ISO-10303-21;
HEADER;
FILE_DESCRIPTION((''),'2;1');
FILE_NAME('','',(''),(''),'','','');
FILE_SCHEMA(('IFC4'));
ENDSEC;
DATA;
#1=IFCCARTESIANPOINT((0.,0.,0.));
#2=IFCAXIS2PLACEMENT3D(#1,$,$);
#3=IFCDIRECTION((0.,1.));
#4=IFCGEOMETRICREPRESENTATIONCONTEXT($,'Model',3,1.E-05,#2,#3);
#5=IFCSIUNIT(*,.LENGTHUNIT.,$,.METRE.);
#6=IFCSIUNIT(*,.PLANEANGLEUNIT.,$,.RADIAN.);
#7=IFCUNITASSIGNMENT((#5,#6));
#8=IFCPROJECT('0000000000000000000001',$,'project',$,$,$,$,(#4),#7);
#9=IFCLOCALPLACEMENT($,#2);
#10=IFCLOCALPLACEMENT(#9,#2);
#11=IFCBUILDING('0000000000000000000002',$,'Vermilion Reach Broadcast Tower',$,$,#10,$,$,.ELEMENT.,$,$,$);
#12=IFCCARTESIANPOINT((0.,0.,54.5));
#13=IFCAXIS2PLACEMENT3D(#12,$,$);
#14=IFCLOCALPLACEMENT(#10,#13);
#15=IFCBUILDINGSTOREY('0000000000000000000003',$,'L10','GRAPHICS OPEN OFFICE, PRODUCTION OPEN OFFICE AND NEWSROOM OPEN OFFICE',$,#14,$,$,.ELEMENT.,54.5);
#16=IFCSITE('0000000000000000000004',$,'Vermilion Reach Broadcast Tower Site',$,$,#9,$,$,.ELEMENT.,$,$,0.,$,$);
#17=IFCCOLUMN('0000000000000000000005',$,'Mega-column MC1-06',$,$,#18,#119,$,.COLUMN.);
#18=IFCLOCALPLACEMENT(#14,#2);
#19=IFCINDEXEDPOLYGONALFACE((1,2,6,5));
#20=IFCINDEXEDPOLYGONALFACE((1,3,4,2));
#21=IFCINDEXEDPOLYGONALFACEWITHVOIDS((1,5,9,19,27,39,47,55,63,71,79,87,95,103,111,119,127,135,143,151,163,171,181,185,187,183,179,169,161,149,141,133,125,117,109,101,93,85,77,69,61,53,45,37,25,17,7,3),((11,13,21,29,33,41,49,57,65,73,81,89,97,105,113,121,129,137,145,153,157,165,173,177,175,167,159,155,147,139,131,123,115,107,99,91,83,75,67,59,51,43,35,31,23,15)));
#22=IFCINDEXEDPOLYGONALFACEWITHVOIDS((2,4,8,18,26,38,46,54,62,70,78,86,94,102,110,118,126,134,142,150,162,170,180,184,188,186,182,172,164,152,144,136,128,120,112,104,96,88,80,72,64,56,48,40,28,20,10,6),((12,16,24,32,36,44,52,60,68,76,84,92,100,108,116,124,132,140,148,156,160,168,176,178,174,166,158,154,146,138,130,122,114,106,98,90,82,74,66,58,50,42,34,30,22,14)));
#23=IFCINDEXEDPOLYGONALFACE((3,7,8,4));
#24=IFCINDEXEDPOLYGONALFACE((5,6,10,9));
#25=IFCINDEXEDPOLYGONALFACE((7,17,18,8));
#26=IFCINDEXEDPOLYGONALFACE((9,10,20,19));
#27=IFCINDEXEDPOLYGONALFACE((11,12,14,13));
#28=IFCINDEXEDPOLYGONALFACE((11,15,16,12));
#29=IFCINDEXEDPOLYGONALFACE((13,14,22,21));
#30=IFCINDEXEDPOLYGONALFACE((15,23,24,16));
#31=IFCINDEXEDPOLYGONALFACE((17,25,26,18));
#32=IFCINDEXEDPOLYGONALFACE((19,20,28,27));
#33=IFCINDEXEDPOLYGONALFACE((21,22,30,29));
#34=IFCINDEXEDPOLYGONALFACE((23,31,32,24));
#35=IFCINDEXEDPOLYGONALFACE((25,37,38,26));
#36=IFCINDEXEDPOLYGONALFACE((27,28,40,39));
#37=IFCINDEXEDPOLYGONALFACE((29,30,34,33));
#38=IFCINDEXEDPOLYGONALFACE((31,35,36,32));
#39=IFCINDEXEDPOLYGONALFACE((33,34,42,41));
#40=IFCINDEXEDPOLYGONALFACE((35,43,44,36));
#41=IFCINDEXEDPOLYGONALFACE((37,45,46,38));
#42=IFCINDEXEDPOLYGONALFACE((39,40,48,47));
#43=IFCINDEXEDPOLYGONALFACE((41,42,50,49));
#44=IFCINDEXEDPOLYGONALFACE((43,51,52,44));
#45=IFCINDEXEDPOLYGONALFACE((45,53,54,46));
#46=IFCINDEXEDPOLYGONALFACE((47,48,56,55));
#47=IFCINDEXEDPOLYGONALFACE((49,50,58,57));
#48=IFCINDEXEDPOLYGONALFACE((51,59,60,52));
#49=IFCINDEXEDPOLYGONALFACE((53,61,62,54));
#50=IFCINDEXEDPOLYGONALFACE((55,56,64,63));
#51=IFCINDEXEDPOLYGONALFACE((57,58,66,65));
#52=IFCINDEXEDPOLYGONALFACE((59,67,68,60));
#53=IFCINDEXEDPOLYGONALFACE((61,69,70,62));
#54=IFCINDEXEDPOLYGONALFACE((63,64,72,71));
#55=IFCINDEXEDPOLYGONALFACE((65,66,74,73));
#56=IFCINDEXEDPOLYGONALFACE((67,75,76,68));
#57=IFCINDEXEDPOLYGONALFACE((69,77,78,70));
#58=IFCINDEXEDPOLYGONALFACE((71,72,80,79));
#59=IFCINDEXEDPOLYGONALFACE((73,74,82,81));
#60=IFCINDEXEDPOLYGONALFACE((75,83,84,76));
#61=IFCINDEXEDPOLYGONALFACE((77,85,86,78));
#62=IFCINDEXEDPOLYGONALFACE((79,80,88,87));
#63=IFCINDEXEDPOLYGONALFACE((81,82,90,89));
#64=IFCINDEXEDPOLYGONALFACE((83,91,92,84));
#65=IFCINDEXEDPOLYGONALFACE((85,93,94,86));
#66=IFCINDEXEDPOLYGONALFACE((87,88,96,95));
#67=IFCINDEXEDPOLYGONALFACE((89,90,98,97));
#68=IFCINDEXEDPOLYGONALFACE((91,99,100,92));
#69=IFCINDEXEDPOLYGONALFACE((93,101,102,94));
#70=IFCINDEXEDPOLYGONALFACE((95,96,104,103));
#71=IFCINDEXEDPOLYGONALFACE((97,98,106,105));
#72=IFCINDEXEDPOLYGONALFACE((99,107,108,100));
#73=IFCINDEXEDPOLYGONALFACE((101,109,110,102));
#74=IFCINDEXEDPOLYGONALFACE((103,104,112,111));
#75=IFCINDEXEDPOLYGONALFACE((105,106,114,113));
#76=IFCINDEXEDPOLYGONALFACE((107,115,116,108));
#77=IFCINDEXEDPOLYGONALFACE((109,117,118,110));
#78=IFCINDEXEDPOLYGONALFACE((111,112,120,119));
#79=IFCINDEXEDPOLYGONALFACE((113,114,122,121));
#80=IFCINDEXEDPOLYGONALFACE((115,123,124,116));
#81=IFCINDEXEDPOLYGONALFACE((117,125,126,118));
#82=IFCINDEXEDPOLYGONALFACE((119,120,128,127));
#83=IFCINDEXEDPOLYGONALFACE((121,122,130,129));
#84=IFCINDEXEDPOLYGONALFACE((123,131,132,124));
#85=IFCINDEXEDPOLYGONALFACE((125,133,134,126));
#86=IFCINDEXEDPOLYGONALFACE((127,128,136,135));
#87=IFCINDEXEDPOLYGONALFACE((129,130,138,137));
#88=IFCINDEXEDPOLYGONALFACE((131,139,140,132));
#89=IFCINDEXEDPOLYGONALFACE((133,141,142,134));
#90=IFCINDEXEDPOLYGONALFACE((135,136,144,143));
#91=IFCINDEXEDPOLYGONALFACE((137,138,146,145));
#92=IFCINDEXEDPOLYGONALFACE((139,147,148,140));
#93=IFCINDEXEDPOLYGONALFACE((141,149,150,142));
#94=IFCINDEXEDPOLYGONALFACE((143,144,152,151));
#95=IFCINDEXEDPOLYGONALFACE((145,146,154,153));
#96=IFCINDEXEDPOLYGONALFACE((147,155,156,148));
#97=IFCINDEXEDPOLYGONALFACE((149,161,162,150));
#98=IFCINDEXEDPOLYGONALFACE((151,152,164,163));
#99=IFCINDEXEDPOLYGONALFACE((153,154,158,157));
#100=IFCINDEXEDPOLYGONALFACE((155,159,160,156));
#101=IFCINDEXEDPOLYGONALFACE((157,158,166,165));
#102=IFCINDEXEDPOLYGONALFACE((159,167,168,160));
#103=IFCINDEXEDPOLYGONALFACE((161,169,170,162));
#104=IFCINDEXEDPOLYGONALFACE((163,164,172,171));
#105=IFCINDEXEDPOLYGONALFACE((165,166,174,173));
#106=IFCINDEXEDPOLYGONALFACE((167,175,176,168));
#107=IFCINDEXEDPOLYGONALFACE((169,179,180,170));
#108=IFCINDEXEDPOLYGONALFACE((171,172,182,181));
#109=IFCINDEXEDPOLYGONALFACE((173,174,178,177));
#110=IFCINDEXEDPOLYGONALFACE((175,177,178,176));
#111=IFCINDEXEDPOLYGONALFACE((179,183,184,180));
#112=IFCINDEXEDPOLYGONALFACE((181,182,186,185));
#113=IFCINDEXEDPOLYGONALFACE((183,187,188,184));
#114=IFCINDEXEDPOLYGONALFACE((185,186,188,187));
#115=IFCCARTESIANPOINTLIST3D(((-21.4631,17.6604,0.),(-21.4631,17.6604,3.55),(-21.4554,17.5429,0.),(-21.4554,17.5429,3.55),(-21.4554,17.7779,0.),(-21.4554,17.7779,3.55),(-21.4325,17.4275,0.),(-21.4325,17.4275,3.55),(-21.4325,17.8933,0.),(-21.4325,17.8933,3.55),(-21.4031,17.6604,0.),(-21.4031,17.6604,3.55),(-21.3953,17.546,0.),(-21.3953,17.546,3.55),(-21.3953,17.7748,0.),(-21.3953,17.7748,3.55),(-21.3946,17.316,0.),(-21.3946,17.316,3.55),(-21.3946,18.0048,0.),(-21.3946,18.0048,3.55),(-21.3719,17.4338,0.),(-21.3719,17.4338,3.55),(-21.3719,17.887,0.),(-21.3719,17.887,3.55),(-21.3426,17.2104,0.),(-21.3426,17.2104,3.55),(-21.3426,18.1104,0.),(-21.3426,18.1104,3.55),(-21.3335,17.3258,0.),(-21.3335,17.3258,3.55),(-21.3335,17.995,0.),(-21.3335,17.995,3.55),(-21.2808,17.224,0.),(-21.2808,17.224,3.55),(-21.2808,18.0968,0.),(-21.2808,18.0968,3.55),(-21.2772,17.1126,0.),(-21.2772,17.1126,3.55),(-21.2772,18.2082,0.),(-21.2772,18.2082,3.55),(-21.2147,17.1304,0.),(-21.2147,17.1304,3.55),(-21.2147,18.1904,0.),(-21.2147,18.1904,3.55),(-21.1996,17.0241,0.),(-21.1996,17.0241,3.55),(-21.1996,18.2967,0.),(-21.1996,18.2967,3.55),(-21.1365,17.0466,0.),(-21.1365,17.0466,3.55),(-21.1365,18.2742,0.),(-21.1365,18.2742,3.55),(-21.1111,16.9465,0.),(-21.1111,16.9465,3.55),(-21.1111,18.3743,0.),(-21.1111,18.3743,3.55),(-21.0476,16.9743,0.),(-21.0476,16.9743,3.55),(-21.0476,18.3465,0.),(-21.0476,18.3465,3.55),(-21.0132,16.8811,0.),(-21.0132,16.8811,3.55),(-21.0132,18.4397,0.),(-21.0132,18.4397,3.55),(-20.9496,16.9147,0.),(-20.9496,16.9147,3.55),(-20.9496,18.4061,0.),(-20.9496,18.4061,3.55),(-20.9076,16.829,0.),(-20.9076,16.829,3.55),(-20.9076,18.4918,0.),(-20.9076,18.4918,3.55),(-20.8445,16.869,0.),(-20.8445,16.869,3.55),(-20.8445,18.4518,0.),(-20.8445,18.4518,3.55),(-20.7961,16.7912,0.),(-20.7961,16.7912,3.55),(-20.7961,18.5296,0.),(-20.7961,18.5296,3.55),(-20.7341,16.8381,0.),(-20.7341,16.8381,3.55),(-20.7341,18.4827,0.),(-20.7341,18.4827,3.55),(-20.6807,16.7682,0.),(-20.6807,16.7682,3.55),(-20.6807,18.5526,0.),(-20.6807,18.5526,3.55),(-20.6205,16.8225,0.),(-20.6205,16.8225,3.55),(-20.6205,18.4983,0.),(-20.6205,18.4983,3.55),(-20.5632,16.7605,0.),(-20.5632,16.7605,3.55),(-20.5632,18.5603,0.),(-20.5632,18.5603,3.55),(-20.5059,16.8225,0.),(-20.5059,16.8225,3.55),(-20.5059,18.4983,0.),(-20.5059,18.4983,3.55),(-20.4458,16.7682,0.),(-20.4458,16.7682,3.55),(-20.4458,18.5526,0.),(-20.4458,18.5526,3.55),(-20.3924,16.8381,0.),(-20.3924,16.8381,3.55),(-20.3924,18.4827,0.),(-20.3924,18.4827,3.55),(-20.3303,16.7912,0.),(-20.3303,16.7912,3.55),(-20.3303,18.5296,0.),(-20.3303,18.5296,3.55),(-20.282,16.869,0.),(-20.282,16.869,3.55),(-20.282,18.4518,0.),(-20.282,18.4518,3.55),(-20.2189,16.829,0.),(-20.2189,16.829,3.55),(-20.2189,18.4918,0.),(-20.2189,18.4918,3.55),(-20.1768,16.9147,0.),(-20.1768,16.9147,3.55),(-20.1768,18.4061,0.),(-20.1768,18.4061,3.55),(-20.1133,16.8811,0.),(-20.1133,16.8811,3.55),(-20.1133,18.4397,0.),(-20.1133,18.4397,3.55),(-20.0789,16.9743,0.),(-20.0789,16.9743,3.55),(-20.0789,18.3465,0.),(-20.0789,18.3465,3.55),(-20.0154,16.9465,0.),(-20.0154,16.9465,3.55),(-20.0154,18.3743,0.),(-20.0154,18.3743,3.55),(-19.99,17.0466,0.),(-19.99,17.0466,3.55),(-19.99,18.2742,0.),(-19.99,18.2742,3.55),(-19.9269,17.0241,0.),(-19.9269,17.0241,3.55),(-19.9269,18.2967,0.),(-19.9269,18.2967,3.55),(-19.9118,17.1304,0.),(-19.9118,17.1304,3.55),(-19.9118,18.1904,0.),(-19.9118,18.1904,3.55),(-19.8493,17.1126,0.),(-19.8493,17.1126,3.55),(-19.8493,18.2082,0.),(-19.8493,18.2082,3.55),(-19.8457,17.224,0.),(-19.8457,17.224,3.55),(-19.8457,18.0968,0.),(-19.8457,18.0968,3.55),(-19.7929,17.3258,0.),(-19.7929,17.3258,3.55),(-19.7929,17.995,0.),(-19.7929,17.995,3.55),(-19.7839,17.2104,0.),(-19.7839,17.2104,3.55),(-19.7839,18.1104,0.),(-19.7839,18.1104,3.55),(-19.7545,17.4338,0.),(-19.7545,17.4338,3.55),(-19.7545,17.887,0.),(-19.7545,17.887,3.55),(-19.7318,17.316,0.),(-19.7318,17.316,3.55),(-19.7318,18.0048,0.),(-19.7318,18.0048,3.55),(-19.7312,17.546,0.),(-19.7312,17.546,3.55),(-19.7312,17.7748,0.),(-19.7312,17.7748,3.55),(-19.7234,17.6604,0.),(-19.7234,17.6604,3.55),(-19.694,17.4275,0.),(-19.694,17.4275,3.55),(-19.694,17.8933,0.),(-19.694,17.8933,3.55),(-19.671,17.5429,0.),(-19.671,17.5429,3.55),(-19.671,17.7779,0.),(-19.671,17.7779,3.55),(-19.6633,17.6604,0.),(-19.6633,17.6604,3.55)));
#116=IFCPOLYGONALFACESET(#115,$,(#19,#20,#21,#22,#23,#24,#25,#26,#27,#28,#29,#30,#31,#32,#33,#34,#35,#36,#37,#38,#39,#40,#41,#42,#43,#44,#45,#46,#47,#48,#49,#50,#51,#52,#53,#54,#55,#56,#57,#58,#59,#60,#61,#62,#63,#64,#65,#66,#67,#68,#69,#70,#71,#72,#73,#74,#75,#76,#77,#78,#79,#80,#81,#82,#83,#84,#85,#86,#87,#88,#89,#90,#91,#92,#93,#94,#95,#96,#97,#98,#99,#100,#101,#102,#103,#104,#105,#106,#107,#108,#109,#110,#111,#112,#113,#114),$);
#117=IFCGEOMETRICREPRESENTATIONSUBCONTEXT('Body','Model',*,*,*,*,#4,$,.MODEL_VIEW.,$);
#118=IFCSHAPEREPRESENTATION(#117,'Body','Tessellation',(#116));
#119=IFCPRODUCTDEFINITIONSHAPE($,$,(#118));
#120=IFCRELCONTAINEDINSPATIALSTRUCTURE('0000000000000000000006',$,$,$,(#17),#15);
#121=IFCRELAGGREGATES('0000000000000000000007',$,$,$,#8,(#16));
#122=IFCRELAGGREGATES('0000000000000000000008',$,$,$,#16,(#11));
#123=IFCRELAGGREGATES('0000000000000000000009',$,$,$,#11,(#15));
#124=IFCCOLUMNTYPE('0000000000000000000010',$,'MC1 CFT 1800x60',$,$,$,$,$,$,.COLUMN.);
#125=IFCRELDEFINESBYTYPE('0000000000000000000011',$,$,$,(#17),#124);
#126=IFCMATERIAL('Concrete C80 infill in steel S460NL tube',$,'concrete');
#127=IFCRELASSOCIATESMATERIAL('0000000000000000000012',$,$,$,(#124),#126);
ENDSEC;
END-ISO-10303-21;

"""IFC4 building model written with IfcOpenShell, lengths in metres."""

from ifc_helpers import new_model, si_unit, direction, frame, origin, origin_2d, place, context, subcontext, project, spatial, hollow_circle, extrude, material, material_profile, profile_set, type_object, element, save


model = new_model("IFC4")

# Units and contexts
model_context = context("Model", 3, precision=1e-05, world=origin(), true_north=direction((0.0, 1.0)))
body_context = subcontext(model_context, "Body", "Model", "MODEL_VIEW")
ifc_project = project(units=[si_unit("LENGTHUNIT", "METRE"), si_unit("PLANEANGLEUNIT", "RADIAN")], contexts=[model_context])

# Site, building, storey
site_placement = place(None, origin())
site = spatial("IfcSite", under=ifc_project, at=site_placement, Name="Vermilion Reach Broadcast Tower Site", CompositionType="ELEMENT", RefElevation=0.0)
building_placement = place(site_placement, origin())
building = spatial("IfcBuilding", under=site, at=building_placement, Name="Vermilion Reach Broadcast Tower", CompositionType="ELEMENT")
storey_placement = place(building_placement, frame((0.0, 0.0, 54.5)))
storey = spatial("IfcBuildingStorey", under=building, at=storey_placement, Name="L10", Description="GRAPHICS OPEN OFFICE, PRODUCTION OPEN OFFICE AND NEWSROOM OPEN OFFICE", CompositionType="ELEMENT", Elevation=54.5)

# Column
ifc_material_1 = material(Name="Concrete C80 infill in steel S460NL tube", Category="concrete")
ifc_material_profile_1 = material_profile(ifc_material_1, hollow_circle(Radius=0.8999, WallThickness=0.0601, at=origin_2d()), Name="Concrete C80 infill in steel S460NL tube CFT 1800x60")
ifc_profile_set_1 = profile_set([ifc_material_profile_1], Name="Concrete C80 infill in steel S460NL tube")
column_type = type_object("IfcColumnType", Name="MC1 CFT 1800x60", PredefinedType="COLUMN", material=ifc_profile_set_1)
for number, where, z_axis, x_axis, name in (
    (1, (-20.5632, 17.6604, 0.0), (0.0, 0.0, 1.0), (1.0, 0.0, 0.0), "Mega-column MC1-06"),
):
    element("IfcColumn", number, at=place(storey_placement, frame(where, z_axis=z_axis, x_axis=x_axis)), inside=storey, type_object=column_type, Name=name, PredefinedType="COLUMN", context=body_context, shape_type="SweptSolid", body=[
        extrude(hollow_circle(Radius=0.8999, WallThickness=0.0601, at=origin_2d()), origin(), (0.0, 0.0, 1.0), 3.55),
    ])

save(model, "model.ifc")
